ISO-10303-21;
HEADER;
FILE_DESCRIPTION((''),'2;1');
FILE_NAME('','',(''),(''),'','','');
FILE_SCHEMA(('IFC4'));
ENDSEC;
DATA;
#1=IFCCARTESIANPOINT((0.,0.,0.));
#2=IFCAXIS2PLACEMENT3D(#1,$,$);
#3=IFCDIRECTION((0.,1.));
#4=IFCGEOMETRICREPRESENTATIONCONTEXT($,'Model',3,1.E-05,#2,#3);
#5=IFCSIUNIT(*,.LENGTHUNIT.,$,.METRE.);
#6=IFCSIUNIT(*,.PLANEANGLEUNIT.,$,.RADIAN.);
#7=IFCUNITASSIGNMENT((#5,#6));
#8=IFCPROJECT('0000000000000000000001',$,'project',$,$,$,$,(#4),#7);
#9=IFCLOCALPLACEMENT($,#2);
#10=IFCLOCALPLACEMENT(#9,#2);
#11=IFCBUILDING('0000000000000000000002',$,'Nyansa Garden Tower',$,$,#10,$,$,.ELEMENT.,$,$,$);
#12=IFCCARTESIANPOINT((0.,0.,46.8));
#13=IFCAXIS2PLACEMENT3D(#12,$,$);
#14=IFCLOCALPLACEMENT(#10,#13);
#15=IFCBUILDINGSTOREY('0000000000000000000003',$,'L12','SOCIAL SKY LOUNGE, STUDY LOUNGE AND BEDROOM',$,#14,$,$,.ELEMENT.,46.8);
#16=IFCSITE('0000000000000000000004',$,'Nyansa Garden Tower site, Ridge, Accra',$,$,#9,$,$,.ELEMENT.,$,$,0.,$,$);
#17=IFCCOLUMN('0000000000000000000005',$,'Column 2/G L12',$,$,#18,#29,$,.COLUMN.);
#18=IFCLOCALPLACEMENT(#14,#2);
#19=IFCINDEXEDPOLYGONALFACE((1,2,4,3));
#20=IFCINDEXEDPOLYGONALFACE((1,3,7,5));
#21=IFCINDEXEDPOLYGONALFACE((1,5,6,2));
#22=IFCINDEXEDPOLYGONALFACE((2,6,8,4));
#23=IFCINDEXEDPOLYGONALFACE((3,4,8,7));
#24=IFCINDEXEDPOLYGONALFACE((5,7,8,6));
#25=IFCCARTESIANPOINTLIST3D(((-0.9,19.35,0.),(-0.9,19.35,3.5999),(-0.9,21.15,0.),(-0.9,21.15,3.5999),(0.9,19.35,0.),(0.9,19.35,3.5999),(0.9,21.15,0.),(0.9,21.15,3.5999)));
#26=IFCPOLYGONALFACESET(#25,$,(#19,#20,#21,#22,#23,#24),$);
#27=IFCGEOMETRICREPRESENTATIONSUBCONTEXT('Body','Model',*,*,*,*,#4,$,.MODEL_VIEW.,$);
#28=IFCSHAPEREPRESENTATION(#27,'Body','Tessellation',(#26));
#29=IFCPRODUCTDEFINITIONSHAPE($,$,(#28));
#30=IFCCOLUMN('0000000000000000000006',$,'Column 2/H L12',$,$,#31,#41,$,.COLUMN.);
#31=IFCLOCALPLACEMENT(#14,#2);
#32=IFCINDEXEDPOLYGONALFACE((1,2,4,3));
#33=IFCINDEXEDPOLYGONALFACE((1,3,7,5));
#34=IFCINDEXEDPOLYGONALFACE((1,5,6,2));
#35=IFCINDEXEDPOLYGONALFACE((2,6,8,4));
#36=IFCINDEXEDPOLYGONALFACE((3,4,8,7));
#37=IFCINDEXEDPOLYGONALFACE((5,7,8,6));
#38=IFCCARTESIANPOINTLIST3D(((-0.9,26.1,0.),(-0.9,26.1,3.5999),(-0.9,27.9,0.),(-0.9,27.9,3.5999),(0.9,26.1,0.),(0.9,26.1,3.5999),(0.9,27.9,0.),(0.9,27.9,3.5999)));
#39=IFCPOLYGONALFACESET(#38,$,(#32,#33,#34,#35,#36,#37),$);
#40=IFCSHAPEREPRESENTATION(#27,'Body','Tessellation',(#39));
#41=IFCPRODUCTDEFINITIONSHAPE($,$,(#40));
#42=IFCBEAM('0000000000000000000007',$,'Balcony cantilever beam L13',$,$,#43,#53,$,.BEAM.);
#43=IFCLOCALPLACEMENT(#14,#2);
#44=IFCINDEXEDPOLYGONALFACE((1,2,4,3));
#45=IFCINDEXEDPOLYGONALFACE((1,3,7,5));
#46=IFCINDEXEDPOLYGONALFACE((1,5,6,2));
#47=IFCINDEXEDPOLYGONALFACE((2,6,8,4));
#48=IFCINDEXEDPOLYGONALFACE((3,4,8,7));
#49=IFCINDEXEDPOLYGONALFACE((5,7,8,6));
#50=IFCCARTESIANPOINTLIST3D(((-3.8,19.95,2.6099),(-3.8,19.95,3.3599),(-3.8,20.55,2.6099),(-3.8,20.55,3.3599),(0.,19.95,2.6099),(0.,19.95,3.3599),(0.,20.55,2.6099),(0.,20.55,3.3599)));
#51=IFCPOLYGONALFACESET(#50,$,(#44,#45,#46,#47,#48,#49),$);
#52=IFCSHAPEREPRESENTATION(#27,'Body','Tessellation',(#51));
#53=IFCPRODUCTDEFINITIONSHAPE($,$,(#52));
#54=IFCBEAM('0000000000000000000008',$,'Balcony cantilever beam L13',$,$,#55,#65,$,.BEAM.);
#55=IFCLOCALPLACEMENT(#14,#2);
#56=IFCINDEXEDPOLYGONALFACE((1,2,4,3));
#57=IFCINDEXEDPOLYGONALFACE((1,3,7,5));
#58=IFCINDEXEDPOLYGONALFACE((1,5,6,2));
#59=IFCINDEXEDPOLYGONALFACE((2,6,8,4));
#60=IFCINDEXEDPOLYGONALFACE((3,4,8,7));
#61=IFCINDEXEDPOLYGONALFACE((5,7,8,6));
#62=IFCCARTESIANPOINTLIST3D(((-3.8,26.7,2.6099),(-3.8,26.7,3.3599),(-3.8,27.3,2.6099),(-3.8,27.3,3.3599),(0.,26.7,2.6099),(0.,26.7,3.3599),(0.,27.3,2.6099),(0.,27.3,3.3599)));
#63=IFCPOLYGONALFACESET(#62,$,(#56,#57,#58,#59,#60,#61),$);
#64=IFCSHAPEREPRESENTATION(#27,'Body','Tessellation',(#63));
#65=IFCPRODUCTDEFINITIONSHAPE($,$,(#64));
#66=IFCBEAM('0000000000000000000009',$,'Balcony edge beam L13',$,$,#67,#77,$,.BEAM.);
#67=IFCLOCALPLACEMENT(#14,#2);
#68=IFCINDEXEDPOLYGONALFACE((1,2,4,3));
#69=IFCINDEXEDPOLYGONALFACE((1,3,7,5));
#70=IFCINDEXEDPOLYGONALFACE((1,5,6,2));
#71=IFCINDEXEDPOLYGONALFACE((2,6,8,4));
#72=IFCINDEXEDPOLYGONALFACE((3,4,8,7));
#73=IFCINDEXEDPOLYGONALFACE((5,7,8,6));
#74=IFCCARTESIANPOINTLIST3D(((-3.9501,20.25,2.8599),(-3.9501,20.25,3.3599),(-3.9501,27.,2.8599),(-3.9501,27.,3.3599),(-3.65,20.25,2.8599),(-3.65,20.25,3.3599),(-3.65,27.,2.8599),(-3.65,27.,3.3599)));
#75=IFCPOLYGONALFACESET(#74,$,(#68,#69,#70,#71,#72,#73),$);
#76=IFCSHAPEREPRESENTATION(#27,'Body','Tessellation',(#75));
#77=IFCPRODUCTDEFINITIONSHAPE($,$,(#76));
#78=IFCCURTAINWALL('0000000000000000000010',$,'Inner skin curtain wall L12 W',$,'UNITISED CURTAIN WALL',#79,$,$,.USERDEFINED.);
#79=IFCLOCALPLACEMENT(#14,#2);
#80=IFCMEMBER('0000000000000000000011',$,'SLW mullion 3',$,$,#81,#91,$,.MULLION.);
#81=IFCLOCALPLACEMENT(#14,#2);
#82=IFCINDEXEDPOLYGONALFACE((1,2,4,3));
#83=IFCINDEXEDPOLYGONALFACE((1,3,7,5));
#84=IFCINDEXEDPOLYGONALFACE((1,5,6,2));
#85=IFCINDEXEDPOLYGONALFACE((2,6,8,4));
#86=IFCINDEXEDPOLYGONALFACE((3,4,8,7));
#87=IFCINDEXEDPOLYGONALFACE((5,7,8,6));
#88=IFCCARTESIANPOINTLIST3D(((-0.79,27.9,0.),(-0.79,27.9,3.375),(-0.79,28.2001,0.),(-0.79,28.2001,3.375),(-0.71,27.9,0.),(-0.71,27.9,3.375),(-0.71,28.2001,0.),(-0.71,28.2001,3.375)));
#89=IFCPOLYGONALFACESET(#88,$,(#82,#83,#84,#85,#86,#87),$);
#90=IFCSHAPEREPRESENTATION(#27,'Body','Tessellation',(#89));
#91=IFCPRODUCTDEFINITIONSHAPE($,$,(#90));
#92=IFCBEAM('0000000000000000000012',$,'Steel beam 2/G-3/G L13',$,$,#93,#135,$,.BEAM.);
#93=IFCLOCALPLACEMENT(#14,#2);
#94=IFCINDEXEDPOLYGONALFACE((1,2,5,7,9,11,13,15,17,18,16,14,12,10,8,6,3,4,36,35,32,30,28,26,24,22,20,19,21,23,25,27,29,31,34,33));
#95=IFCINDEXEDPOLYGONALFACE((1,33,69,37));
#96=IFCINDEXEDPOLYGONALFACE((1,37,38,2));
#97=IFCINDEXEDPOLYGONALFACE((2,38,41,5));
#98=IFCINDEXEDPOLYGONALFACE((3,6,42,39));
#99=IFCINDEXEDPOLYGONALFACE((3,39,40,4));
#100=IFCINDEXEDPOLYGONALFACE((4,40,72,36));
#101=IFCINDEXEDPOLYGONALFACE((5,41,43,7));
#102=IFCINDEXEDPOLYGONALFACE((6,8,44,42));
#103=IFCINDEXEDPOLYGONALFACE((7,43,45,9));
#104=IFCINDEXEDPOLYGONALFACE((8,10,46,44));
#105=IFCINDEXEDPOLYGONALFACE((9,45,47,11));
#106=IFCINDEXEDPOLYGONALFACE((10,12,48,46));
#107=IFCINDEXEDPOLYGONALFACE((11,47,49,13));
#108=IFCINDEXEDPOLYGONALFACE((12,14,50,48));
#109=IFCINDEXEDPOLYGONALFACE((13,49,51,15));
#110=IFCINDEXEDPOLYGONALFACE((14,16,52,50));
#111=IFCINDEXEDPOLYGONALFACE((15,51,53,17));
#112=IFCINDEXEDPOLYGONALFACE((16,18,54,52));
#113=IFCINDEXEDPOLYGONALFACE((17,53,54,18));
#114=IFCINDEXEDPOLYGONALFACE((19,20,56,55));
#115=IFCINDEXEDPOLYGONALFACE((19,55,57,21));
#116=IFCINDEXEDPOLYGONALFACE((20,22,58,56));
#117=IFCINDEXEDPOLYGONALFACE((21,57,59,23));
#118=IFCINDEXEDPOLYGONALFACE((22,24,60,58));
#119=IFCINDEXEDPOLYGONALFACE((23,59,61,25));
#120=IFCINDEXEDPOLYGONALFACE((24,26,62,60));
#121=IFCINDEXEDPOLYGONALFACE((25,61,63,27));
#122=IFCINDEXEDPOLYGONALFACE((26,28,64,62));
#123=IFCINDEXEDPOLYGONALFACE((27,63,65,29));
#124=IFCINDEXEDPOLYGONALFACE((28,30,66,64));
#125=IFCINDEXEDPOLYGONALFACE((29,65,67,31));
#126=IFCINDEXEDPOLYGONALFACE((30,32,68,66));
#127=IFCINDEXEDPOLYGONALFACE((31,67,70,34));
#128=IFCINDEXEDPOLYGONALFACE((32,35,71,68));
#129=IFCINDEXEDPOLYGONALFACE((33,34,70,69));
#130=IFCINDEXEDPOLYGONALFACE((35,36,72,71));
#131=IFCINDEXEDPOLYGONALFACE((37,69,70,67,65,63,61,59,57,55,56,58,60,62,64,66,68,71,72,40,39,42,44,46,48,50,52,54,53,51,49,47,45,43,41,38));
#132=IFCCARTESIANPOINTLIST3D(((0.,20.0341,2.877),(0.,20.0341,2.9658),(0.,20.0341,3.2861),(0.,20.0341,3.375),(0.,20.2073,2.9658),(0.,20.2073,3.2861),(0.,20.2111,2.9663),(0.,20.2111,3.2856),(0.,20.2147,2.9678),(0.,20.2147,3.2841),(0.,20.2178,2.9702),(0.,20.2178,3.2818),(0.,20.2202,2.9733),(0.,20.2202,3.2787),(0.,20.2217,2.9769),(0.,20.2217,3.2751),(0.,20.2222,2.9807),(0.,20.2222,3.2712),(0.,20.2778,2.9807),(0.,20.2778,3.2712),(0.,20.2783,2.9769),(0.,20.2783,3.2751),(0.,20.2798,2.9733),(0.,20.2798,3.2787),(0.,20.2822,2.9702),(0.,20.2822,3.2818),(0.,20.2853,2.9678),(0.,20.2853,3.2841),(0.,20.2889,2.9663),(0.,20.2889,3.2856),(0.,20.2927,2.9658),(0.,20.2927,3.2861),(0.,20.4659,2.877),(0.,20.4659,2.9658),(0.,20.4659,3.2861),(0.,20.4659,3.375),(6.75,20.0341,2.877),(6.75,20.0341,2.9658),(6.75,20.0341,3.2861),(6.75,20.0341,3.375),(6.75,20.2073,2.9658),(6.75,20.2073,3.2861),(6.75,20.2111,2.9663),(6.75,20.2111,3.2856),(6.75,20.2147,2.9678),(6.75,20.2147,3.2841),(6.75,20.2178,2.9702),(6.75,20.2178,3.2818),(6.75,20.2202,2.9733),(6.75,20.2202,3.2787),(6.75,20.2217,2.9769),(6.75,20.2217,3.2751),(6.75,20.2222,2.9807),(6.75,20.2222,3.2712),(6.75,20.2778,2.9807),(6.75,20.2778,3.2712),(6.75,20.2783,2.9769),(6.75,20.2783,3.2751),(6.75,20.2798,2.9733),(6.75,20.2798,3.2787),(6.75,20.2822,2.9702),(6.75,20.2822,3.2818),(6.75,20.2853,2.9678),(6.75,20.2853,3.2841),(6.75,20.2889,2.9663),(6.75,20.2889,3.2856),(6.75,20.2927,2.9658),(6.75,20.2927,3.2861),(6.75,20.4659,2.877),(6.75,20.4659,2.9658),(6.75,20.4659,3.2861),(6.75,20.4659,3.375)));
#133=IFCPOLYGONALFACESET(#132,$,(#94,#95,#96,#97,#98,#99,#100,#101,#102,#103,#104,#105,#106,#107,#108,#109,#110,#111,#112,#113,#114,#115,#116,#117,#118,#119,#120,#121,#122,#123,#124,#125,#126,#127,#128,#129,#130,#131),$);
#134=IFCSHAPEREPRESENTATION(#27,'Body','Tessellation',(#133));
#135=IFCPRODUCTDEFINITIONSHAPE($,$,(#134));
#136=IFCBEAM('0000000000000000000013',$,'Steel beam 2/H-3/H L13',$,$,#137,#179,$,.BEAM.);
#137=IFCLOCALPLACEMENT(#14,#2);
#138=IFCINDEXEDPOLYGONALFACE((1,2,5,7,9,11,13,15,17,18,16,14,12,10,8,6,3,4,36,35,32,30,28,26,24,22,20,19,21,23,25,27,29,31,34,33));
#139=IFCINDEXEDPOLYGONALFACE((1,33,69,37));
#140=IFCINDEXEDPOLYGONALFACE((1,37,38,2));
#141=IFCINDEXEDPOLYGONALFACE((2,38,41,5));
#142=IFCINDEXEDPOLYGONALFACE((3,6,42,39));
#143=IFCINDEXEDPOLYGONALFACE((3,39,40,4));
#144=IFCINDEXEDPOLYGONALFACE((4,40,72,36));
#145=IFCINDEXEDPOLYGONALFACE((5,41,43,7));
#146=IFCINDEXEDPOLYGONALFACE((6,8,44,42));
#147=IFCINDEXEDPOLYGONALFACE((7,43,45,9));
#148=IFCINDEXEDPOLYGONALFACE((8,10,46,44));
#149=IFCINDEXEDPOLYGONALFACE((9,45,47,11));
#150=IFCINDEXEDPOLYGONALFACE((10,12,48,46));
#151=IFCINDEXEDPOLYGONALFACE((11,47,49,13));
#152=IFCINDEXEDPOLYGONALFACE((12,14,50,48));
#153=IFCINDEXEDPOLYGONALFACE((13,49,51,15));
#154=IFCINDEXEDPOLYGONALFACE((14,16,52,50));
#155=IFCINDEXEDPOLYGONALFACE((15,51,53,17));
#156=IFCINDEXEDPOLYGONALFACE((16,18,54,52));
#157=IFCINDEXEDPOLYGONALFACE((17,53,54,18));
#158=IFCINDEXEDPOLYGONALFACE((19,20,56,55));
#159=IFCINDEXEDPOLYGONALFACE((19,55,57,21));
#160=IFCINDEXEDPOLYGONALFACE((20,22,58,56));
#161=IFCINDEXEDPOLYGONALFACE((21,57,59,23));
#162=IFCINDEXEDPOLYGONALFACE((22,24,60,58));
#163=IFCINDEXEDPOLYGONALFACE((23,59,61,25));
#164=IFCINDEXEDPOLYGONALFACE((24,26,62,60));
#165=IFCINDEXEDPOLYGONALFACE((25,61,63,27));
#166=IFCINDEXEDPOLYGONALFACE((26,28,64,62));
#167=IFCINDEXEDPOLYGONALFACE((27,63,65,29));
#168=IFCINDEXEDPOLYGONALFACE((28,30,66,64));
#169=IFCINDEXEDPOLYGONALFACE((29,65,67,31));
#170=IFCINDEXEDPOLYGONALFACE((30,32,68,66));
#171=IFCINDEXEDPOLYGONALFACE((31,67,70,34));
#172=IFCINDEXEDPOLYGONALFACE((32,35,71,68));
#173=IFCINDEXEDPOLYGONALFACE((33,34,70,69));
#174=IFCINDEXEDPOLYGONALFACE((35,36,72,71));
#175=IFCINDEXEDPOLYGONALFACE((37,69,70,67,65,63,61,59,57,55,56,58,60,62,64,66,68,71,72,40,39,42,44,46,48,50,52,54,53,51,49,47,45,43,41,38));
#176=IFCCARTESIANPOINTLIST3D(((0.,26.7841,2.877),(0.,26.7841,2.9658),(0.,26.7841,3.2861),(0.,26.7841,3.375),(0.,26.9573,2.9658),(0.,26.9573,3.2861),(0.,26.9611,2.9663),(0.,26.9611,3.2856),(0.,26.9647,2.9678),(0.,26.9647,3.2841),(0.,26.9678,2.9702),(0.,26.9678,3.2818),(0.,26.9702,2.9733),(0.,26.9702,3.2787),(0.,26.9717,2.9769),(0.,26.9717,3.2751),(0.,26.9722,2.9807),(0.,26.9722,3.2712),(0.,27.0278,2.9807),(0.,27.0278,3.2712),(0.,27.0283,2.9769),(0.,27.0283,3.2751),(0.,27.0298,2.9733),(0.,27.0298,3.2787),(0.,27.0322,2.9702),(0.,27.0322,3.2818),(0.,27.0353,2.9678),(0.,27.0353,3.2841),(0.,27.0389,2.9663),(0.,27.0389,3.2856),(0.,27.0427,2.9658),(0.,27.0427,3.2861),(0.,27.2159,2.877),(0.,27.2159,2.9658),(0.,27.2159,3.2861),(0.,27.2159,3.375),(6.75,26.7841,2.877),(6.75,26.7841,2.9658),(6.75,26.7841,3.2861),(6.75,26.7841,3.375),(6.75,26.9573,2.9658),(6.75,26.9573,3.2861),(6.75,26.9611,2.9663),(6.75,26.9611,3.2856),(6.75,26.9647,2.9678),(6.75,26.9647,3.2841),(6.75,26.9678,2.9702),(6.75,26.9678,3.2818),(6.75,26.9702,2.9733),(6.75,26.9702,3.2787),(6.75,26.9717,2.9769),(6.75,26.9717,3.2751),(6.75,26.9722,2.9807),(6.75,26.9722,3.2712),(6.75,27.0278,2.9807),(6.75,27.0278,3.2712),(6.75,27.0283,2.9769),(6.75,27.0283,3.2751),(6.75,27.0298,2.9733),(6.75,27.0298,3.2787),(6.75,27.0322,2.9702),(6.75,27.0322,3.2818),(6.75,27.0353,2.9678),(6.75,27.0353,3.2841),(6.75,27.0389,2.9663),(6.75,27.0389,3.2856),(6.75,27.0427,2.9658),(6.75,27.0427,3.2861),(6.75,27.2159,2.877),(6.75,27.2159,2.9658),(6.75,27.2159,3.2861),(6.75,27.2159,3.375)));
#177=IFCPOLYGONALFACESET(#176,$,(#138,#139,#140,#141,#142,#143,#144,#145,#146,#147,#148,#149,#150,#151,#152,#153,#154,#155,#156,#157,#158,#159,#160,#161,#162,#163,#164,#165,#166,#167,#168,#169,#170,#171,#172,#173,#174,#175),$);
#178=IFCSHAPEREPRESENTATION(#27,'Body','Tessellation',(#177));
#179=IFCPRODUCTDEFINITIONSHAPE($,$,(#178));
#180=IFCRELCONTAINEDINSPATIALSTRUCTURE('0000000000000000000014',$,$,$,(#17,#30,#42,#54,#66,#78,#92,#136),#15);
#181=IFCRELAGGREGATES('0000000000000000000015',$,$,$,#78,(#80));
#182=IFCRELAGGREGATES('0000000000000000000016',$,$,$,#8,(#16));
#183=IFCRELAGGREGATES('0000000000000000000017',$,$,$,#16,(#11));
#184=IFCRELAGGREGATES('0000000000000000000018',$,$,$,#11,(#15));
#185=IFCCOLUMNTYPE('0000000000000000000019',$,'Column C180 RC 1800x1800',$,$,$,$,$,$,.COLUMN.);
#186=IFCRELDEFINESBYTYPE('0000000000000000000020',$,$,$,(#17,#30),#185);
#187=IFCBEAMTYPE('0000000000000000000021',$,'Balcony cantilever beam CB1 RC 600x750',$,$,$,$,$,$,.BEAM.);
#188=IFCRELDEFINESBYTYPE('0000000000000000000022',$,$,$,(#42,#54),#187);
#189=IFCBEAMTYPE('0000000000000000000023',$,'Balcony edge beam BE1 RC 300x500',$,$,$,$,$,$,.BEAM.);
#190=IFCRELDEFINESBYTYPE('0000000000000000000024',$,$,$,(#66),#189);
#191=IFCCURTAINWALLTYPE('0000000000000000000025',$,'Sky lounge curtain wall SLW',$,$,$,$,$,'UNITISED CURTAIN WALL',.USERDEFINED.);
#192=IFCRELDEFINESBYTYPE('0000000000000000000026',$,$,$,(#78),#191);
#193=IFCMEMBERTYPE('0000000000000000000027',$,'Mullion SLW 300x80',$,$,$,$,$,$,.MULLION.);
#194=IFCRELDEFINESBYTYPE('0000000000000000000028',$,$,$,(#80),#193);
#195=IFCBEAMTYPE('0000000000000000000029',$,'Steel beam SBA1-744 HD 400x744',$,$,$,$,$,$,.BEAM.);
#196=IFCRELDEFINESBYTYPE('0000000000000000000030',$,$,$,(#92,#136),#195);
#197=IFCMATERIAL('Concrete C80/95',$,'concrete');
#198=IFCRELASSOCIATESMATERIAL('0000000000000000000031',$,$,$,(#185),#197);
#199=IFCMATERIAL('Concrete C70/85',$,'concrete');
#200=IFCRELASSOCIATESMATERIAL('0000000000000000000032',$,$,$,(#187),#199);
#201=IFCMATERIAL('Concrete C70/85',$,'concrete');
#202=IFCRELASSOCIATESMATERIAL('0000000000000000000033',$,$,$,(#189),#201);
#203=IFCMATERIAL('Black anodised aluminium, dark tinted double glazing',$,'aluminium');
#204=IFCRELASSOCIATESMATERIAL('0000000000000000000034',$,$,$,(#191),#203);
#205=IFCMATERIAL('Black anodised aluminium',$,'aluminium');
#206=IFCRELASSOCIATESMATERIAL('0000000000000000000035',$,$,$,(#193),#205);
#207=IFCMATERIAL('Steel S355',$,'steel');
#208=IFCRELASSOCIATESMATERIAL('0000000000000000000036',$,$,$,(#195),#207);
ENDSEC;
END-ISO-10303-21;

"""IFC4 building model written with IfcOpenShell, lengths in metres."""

from ifc_helpers import new_model, si_unit, direction, frame, origin, origin_2d, place, context, subcontext, project, spatial, rectangle, i_section, extrude, material, material_profile, profile_set, type_object, element, aggregate, save


model = new_model("IFC4")

# Units and contexts
model_context = context("Model", 3, precision=1e-05, world=origin(), true_north=direction((0.0, 1.0)))
body_context = subcontext(model_context, "Body", "Model", "MODEL_VIEW")
ifc_project = project(units=[si_unit("LENGTHUNIT", "METRE"), si_unit("PLANEANGLEUNIT", "RADIAN")], contexts=[model_context])

# Site, building, storey
site_placement = place(None, origin())
site = spatial("IfcSite", under=ifc_project, at=site_placement, Name="Nyansa Garden Tower site, Ridge, Accra", CompositionType="ELEMENT", RefElevation=0.0)
building_placement = place(site_placement, origin())
building = spatial("IfcBuilding", under=site, at=building_placement, Name="Nyansa Garden Tower", CompositionType="ELEMENT")
storey_placement = place(building_placement, frame((0.0, 0.0, 46.8)))
storey = spatial("IfcBuildingStorey", under=building, at=storey_placement, Name="L12", Description="SOCIAL SKY LOUNGE, STUDY LOUNGE AND BEDROOM", CompositionType="ELEMENT", Elevation=46.8)

# Columns
ifc_material_1 = material(Name="Concrete C80/95", Category="concrete")
ifc_material_profile_1 = material_profile(ifc_material_1, rectangle(XDim=1.8, YDim=1.8, at=origin_2d()), Name="RC 1800x1800")
ifc_profile_set_1 = profile_set([ifc_material_profile_1], Name="Concrete C80/95")
column_type = type_object("IfcColumnType", Name="Column C180 RC 1800x1800", PredefinedType="COLUMN", material=ifc_profile_set_1)
for number, where, z_axis, x_axis, name in (
    (1, (0.0, 20.25, 0.0), (0.0, 0.0, 1.0), (1.0, 0.0, 0.0), "Column 2/G L12"),
    (2, (0.0, 27.0, 0.0), (0.0, 0.0, 1.0), (1.0, 0.0, 0.0), "Column 2/H L12"),
):
    element("IfcColumn", number, at=place(storey_placement, frame(where, z_axis=z_axis, x_axis=x_axis)), inside=storey, type_object=column_type, Name=name, PredefinedType="COLUMN", context=body_context, shape_type="SweptSolid", body=[
        extrude(rectangle(XDim=1.8, YDim=1.8, at=origin_2d()), origin(), (0.0, 0.0, 1.0), 3.5999),
    ])

# Beams
ifc_material_2 = material(Name="Concrete C70/85", Category="concrete")
ifc_material_profile_2 = material_profile(ifc_material_2, rectangle(XDim=0.6001, YDim=0.75, at=origin_2d()), Name="RC 600x750")
ifc_profile_set_2 = profile_set([ifc_material_profile_2], Name="Concrete C70/85")
beam_type_1 = type_object("IfcBeamType", Name="Balcony cantilever beam CB1 RC 600x750", PredefinedType="BEAM", material=ifc_profile_set_2)
for number, where, z_axis, x_axis, name in (
    (3, (0.0, 20.25, 2.9849), (-1.0, 0.0, 0.0), (0.0, -1.0, 0.0), "Balcony cantilever beam L13"),
    (4, (0.0, 27.0, 2.9849), (-1.0, 0.0, 0.0), (0.0, -1.0, 0.0), "Balcony cantilever beam L13"),
):
    element("IfcBeam", number, at=place(storey_placement, frame(where, z_axis=z_axis, x_axis=x_axis)), inside=storey, type_object=beam_type_1, Name=name, PredefinedType="BEAM", context=body_context, shape_type="SweptSolid", body=[
        extrude(rectangle(XDim=0.6001, YDim=0.75, at=origin_2d()), origin(), (0.0, 0.0, 1.0), 3.8),
    ])
ifc_material_3 = material(Name="Concrete C70/85", Category="concrete")
ifc_material_profile_3 = material_profile(ifc_material_3, rectangle(XDim=0.3, YDim=0.5, at=origin_2d()), Name="RC 300x500")
ifc_profile_set_3 = profile_set([ifc_material_profile_3], Name="Concrete C70/85")
beam_type_2 = type_object("IfcBeamType", Name="Balcony edge beam BE1 RC 300x500", PredefinedType="BEAM", material=ifc_profile_set_3)
beam_placement = place(storey_placement, frame((-3.8, 20.25, 3.1099), z_axis=(0.0, 1.0, 0.0), x_axis=(-1.0, 0.0, 0.0)))
element("IfcBeam", 5, at=beam_placement, inside=storey, type_object=beam_type_2, Name="Balcony edge beam L13", PredefinedType="BEAM", context=body_context, shape_type="SweptSolid", body=[
    extrude(rectangle(XDim=0.3, YDim=0.5, at=origin_2d()), origin(), (0.0, 0.0, 1.0), 6.75),
])

# Curtain wall, member
ifc_material_4 = material(Name="Black anodised aluminium, dark tinted double glazing", Category="aluminium")
curtain_wall_type = type_object("IfcCurtainWallType", Name="Sky lounge curtain wall SLW", ElementType="UNITISED CURTAIN WALL", PredefinedType="USERDEFINED", material=ifc_material_4)
curtain_wall_placement = place(storey_placement, origin())
curtain_wall = element("IfcCurtainWall", 6, at=curtain_wall_placement, inside=storey, type_object=curtain_wall_type, Name="Inner skin curtain wall L12 W", ObjectType="UNITISED CURTAIN WALL", PredefinedType="USERDEFINED")
ifc_material_5 = material(Name="Black anodised aluminium", Category="aluminium")
ifc_material_profile_4 = material_profile(ifc_material_5, rectangle(XDim=0.0801, YDim=0.3, at=origin_2d()), Name="Mullion 300x80")
ifc_profile_set_4 = profile_set([ifc_material_profile_4], Name="Black anodised aluminium")
member_type = type_object("IfcMemberType", Name="Mullion SLW 300x80", PredefinedType="MULLION", material=ifc_profile_set_4)
member_placement = place(storey_placement, frame((-0.75, 28.05, 0.0), z_axis=(0.0, 0.0, 1.0), x_axis=(1.0, 0.0, 0.0)))
member = element("IfcMember", 7, at=member_placement, type_object=member_type, Name="SLW mullion 3", PredefinedType="MULLION", context=body_context, shape_type="SweptSolid", body=[
    extrude(rectangle(XDim=0.0801, YDim=0.3, at=origin_2d()), origin(), (0.0, 0.0, 1.0), 3.375),
])
aggregate(curtain_wall, [member])

# Beams
ifc_material_6 = material(Name="Steel S355", Category="steel")
ifc_material_profile_5 = material_profile(ifc_material_6, i_section(OverallWidth=0.4319, OverallDepth=0.498, WebThickness=0.0557, FlangeThickness=0.0889, FilletRadius=0.0149, at=origin_2d()), Name="HD 400x744")
ifc_profile_set_5 = profile_set([ifc_material_profile_5], Name="Steel S355")
beam_type_3 = type_object("IfcBeamType", Name="Steel beam SBA1-744 HD 400x744", PredefinedType="BEAM", material=ifc_profile_set_5)
for number, where, z_axis, x_axis, name in (
    (8, (0.0, 20.25, 3.126), (1.0, 0.0, 0.0), (0.0, 1.0, 0.0), "Steel beam 2/G-3/G L13"),
    (9, (0.0, 27.0, 3.126), (1.0, 0.0, 0.0), (0.0, 1.0, 0.0), "Steel beam 2/H-3/H L13"),
):
    element("IfcBeam", number, at=place(storey_placement, frame(where, z_axis=z_axis, x_axis=x_axis)), inside=storey, type_object=beam_type_3, Name=name, PredefinedType="BEAM", context=body_context, shape_type="SweptSolid", body=[
        extrude(i_section(OverallWidth=0.4319, OverallDepth=0.498, WebThickness=0.0557, FlangeThickness=0.0889, FilletRadius=0.0149, at=origin_2d()), origin(), (0.0, 0.0, 1.0), 6.75),
    ])

save(model, "model.ifc")
